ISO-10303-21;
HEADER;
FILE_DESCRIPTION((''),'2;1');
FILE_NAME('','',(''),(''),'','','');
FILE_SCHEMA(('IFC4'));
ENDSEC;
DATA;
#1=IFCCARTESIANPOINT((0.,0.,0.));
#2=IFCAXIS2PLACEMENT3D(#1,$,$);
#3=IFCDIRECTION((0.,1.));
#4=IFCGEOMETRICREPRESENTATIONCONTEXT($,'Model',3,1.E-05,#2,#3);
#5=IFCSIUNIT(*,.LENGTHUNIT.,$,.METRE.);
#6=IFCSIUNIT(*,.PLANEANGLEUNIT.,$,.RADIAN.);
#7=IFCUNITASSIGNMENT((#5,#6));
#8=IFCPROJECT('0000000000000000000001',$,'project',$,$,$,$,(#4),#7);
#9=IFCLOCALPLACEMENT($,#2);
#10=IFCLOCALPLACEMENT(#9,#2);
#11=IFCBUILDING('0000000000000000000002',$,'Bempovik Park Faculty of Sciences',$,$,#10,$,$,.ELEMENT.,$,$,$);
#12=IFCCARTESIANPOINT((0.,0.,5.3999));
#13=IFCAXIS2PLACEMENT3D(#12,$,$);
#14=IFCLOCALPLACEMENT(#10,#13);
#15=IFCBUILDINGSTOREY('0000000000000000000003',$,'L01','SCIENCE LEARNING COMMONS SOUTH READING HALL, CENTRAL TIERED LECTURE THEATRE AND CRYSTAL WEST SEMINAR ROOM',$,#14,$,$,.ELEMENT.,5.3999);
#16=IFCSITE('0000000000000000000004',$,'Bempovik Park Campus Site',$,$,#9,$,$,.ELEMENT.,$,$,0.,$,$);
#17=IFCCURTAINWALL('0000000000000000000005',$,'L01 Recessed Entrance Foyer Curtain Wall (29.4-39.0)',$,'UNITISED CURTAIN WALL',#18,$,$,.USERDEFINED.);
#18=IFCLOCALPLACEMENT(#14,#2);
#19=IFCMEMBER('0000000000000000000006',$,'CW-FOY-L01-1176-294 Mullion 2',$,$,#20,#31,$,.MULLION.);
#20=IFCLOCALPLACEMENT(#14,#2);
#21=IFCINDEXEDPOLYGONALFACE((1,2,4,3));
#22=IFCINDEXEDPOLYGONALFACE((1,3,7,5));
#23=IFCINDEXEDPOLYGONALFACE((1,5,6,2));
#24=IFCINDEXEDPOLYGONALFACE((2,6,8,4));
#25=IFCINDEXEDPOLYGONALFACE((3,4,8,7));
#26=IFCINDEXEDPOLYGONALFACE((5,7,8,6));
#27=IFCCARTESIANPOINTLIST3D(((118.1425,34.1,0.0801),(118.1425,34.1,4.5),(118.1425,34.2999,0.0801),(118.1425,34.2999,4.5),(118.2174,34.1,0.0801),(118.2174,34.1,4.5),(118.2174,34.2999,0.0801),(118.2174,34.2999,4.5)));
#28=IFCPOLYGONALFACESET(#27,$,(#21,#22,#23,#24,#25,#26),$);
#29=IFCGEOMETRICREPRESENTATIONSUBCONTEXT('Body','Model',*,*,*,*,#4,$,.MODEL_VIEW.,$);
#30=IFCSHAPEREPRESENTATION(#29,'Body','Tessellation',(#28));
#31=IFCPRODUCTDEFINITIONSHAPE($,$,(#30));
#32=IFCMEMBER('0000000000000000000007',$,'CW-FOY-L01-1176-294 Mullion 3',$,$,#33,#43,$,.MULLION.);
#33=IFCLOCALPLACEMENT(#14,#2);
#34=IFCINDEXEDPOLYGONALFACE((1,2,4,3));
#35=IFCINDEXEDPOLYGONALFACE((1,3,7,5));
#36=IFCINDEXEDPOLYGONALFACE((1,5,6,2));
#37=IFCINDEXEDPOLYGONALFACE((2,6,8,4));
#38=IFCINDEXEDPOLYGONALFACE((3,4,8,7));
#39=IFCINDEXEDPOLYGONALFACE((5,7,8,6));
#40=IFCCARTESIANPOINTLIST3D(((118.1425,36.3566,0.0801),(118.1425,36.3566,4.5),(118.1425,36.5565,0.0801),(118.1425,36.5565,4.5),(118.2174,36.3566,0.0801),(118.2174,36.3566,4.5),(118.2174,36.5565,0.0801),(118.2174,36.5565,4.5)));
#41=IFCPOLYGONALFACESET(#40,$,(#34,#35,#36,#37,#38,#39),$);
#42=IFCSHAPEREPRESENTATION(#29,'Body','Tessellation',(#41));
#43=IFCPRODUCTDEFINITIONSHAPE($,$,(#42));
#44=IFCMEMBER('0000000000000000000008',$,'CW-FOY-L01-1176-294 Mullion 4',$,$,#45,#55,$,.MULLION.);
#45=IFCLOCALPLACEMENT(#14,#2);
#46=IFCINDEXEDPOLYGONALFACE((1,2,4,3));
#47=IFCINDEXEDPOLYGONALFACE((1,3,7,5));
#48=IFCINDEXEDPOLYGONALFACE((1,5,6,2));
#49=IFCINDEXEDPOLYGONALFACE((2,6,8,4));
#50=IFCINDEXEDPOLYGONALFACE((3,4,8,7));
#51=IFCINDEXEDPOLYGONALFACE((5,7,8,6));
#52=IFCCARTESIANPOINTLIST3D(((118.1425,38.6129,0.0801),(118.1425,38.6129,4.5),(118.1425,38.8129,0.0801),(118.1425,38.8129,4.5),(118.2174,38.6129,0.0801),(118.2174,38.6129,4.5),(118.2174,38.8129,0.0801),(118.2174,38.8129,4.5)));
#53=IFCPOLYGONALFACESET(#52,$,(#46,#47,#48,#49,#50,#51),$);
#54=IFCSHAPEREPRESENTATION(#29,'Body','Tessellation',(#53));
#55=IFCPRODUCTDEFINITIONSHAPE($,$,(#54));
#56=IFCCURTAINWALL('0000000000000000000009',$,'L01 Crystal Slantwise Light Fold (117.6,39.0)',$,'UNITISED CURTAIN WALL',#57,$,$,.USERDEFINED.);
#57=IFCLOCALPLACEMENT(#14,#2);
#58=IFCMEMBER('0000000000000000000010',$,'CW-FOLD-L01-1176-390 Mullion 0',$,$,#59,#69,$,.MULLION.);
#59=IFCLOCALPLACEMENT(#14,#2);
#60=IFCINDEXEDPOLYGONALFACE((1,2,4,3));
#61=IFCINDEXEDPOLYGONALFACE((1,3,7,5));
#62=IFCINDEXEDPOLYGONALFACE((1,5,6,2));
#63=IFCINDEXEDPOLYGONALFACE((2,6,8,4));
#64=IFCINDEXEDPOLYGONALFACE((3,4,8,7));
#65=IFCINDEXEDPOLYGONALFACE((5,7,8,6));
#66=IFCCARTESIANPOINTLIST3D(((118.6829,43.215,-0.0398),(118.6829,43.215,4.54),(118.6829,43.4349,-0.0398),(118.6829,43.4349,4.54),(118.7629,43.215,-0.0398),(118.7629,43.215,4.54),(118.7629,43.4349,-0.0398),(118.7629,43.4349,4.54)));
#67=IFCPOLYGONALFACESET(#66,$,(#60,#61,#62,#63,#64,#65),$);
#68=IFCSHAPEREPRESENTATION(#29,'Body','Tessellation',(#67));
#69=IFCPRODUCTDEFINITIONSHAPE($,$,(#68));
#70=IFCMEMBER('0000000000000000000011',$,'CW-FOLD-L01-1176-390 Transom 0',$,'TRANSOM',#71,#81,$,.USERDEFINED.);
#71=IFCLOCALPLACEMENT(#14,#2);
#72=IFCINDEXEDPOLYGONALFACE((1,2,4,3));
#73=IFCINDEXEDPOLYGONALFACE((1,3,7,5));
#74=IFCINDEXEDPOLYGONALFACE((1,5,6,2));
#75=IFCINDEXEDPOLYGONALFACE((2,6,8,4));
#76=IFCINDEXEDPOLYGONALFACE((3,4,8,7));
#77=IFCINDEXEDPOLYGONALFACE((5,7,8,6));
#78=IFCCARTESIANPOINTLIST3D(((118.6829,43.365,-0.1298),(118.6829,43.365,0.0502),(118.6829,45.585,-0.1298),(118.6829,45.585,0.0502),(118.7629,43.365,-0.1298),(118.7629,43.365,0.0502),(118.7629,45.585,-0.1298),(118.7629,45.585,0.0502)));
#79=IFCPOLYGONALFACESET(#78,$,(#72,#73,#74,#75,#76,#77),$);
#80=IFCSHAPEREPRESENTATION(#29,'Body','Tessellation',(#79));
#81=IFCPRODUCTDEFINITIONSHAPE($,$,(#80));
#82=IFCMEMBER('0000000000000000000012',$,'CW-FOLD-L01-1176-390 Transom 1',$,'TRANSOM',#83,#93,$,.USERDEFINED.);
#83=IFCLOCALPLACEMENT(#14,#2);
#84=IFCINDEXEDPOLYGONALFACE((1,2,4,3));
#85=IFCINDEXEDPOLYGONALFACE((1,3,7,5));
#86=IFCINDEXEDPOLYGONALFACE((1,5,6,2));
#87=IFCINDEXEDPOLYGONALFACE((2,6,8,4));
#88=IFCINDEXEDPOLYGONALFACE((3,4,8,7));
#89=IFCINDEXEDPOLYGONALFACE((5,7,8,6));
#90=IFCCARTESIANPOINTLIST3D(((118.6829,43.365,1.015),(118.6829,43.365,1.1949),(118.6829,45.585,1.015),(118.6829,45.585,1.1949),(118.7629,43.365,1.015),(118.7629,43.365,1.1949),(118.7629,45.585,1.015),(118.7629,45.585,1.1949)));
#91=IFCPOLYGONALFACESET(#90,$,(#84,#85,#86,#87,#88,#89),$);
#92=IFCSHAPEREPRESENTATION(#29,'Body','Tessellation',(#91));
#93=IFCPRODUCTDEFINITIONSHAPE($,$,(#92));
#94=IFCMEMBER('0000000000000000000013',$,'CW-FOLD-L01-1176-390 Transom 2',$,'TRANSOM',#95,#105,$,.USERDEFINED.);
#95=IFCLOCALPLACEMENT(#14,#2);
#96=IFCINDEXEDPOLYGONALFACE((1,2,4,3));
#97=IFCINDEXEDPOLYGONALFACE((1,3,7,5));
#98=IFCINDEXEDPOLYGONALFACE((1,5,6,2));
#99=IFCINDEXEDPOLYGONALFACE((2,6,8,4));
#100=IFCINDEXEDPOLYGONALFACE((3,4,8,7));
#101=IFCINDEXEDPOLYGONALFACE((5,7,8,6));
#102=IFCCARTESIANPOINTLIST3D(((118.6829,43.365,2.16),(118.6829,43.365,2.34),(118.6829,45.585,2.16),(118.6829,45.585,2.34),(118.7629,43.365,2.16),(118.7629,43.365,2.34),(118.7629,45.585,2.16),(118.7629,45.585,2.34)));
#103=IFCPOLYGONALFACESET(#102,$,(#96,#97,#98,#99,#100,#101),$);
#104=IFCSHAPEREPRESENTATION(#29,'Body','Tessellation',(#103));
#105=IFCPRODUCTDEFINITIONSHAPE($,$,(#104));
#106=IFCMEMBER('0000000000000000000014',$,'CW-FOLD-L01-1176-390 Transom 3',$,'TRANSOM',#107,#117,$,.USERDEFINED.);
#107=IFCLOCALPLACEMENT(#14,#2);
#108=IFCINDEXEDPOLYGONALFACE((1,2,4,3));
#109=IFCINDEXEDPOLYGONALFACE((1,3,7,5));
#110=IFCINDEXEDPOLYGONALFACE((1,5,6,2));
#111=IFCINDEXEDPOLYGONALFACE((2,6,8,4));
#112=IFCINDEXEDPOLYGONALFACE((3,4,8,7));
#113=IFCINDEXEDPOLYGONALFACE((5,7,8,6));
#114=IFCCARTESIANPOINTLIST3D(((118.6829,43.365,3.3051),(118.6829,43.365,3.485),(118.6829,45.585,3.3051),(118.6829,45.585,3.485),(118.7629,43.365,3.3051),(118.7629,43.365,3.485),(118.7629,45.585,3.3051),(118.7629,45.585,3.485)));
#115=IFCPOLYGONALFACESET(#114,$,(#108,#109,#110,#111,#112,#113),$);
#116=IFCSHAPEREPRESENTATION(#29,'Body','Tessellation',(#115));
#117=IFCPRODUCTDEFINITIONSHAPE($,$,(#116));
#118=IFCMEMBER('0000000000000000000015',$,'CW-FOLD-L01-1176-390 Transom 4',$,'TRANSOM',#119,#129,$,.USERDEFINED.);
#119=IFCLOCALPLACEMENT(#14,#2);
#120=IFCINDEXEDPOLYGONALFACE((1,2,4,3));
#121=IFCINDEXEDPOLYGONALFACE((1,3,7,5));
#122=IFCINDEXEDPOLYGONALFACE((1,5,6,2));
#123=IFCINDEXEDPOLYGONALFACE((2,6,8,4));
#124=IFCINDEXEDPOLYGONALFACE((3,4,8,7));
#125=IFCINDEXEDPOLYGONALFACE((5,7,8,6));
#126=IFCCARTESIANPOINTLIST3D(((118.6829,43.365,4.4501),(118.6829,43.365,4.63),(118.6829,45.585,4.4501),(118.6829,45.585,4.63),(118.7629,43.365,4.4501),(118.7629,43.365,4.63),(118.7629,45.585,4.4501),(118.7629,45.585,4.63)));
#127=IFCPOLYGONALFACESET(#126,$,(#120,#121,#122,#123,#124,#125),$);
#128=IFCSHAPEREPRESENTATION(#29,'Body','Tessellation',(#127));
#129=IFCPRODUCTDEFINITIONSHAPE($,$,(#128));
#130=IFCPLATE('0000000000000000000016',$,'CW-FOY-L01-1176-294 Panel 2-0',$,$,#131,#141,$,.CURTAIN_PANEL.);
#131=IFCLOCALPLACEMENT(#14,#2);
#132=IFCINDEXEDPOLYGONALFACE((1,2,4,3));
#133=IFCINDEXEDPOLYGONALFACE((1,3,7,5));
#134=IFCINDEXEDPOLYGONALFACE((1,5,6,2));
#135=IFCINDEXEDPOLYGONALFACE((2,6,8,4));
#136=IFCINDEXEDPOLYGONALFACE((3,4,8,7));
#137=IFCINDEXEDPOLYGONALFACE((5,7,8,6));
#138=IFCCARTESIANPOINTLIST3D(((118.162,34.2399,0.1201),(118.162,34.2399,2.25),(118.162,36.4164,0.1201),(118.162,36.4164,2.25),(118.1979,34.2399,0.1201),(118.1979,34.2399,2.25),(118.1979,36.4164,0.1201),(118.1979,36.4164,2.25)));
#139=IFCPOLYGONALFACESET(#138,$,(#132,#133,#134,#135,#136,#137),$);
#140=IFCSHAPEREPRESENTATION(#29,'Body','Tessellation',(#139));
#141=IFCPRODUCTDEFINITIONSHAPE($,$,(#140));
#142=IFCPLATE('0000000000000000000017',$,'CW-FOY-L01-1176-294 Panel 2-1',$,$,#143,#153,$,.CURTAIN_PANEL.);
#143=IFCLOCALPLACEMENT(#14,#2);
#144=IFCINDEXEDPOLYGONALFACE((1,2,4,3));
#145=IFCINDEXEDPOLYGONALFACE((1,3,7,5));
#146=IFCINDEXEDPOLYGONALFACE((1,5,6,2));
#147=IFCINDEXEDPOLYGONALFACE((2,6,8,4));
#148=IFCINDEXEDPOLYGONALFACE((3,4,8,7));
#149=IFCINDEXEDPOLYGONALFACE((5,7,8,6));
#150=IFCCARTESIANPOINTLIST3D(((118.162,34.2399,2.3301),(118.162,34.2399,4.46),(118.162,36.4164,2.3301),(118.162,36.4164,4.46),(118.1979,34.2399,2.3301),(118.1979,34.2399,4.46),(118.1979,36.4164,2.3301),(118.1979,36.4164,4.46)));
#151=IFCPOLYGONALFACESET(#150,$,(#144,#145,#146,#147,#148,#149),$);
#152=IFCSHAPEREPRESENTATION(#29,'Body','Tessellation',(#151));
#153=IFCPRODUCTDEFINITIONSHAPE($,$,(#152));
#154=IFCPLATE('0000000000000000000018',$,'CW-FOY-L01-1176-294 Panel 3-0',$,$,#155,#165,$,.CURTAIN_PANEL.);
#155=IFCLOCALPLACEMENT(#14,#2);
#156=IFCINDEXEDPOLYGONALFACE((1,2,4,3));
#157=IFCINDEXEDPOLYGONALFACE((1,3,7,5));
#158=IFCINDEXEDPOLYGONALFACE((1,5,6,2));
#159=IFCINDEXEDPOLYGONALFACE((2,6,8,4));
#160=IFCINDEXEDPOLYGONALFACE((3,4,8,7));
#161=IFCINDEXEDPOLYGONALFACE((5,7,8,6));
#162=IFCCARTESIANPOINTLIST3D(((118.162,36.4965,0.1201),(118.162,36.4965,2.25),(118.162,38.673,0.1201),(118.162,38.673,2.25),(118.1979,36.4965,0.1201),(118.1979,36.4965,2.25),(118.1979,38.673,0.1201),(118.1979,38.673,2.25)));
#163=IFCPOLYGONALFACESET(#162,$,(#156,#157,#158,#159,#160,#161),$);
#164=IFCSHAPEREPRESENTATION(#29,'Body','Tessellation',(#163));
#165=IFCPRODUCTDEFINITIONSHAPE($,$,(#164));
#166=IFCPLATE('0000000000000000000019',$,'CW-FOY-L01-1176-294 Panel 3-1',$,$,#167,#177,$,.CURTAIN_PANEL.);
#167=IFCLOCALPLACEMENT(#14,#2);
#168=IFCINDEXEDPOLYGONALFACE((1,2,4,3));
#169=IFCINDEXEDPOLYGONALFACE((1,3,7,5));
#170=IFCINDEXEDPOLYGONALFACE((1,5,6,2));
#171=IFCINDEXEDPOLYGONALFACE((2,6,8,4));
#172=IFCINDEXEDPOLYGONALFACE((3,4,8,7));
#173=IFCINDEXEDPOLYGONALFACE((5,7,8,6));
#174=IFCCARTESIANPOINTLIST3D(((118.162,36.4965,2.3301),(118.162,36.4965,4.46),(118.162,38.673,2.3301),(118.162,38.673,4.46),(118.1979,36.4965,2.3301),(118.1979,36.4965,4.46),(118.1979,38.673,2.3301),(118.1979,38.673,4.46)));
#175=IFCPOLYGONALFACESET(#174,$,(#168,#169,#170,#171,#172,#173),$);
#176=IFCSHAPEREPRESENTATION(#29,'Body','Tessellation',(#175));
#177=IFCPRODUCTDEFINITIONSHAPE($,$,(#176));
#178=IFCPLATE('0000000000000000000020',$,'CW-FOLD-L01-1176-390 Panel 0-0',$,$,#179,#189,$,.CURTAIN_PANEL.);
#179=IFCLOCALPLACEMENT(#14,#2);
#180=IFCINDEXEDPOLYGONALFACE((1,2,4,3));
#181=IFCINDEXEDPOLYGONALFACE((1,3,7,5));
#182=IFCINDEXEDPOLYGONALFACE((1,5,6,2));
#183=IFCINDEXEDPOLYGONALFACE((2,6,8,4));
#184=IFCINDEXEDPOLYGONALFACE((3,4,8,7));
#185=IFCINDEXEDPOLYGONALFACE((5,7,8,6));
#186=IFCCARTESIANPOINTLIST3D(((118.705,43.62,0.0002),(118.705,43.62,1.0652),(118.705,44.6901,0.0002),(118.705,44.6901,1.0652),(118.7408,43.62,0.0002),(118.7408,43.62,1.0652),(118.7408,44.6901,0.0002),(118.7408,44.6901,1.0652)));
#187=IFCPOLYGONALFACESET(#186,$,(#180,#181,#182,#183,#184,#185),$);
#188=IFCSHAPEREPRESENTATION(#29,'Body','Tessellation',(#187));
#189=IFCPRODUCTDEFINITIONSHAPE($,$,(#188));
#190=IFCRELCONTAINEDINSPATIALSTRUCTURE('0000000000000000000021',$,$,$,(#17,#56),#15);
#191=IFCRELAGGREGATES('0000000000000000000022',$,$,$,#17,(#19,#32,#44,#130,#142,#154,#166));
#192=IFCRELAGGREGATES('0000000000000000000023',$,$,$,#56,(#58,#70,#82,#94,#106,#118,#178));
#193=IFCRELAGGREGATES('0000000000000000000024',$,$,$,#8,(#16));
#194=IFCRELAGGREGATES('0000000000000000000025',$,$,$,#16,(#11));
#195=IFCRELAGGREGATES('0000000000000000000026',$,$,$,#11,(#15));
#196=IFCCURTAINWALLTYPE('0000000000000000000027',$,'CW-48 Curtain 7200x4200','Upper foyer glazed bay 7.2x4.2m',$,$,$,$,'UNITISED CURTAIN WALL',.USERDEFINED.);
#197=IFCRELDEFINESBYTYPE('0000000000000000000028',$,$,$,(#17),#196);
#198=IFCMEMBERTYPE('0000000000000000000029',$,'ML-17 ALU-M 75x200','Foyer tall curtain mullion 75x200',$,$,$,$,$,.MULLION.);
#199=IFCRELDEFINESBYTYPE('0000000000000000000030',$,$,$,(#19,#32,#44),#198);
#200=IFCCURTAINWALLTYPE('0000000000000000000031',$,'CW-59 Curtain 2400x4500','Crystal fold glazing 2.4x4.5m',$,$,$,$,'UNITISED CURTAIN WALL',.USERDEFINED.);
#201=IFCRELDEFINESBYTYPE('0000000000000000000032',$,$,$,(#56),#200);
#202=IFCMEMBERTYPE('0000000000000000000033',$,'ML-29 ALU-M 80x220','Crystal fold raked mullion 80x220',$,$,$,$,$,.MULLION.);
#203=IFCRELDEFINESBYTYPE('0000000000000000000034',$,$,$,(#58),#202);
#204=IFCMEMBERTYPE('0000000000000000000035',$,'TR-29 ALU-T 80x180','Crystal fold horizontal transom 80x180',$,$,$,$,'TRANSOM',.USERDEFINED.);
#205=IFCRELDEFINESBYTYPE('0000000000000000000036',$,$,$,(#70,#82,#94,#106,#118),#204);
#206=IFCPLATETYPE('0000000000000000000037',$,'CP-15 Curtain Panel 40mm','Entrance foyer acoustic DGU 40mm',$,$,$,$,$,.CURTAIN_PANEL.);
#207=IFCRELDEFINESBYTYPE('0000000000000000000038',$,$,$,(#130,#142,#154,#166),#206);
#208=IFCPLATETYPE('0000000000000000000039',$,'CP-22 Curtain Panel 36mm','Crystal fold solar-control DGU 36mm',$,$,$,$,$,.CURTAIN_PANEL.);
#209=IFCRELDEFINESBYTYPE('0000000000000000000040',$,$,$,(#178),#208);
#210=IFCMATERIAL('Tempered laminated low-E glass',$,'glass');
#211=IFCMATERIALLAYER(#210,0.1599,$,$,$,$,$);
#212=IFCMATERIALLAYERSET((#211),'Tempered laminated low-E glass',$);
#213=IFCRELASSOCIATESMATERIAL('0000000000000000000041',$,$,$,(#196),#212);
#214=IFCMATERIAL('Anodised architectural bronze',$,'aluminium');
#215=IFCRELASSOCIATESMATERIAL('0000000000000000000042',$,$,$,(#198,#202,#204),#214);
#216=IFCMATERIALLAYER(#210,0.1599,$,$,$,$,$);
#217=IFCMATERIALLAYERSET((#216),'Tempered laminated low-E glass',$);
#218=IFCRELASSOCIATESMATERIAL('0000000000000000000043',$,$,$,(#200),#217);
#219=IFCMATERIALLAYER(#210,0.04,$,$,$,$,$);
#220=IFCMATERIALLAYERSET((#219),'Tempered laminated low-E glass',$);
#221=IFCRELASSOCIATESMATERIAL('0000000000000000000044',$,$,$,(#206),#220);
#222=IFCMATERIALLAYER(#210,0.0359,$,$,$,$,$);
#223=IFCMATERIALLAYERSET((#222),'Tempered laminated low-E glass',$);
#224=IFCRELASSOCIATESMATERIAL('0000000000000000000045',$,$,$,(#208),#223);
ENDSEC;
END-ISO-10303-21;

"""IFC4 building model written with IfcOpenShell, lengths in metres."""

from ifc_helpers import new_model, si_unit, direction, frame, origin, origin_2d, place, context, subcontext, project, spatial, rectangle, extrude, material, layer, layer_set, material_profile, profile_set, type_object, element, aggregate, save


model = new_model("IFC4")

# Units and contexts
model_context = context("Model", 3, precision=1e-05, world=origin(), true_north=direction((0.0, 1.0)))
body_context = subcontext(model_context, "Body", "Model", "MODEL_VIEW")
ifc_project = project(units=[si_unit("LENGTHUNIT", "METRE"), si_unit("PLANEANGLEUNIT", "RADIAN")], contexts=[model_context])

# Site, building, storey
site_placement = place(None, origin())
site = spatial("IfcSite", under=ifc_project, at=site_placement, Name="Bempovik Park Campus Site", CompositionType="ELEMENT", RefElevation=0.0)
building_placement = place(site_placement, origin())
building = spatial("IfcBuilding", under=site, at=building_placement, Name="Bempovik Park Faculty of Sciences", CompositionType="ELEMENT")
storey_placement = place(building_placement, frame((0.0, 0.0, 5.3999)))
storey = spatial("IfcBuildingStorey", under=building, at=storey_placement, Name="L01", Description="SCIENCE LEARNING COMMONS SOUTH READING HALL, CENTRAL TIERED LECTURE THEATRE AND CRYSTAL WEST SEMINAR ROOM", CompositionType="ELEMENT", Elevation=5.3999)

# Curtain walls, members
ifc_material_1 = material(Name="Tempered laminated low-E glass", Category="glass")
ifc_layer_1 = layer(ifc_material_1, 0.1599)
ifc_layer_set_1 = layer_set([ifc_layer_1], Name="Tempered laminated low-E glass")
curtain_wall_type_1 = type_object("IfcCurtainWallType", Name="CW-48 Curtain 7200x4200", Description="Upper foyer glazed bay 7.2x4.2m", ElementType="UNITISED CURTAIN WALL", PredefinedType="USERDEFINED", material=ifc_layer_set_1)
curtain_wall_1_placement = place(storey_placement, origin())
curtain_wall_1 = element("IfcCurtainWall", 1, at=curtain_wall_1_placement, inside=storey, type_object=curtain_wall_type_1, Name="L01 Recessed Entrance Foyer Curtain Wall (29.4-39.0)", ObjectType="UNITISED CURTAIN WALL", PredefinedType="USERDEFINED")
ifc_material_2 = material(Name="Anodised architectural bronze", Category="aluminium")
ifc_material_profile_1 = material_profile(ifc_material_2, rectangle(XDim=0.075, YDim=0.2, at=origin_2d()), Name="ALU-M 75x200")
ifc_profile_set_1 = profile_set([ifc_material_profile_1], Name="Anodised architectural bronze")
member_type_1 = type_object("IfcMemberType", Name="ML-17 ALU-M 75x200", Description="Foyer tall curtain mullion 75x200", PredefinedType="MULLION", material=ifc_profile_set_1)
member_1_placement = place(storey_placement, frame((118.1799, 34.2, 0.0801), z_axis=(0.0, 0.0, 1.0), x_axis=(1.0, 0.0, 0.0)))
member_1 = element("IfcMember", 2, at=member_1_placement, type_object=member_type_1, Name="CW-FOY-L01-1176-294 Mullion 2", PredefinedType="MULLION", context=body_context, shape_type="SweptSolid", body=[
    extrude(rectangle(XDim=0.075, YDim=0.2, at=origin_2d()), origin(), (0.0, 0.0, 1.0), 4.4199),
])
member_2_placement = place(storey_placement, frame((118.1799, 36.4565, 0.0801), z_axis=(0.0, 0.0, 1.0), x_axis=(1.0, 0.0, 0.0)))
member_2 = element("IfcMember", 3, at=member_2_placement, type_object=member_type_1, Name="CW-FOY-L01-1176-294 Mullion 3", PredefinedType="MULLION", context=body_context, shape_type="SweptSolid", body=[
    extrude(rectangle(XDim=0.075, YDim=0.2, at=origin_2d()), origin(), (0.0, 0.0, 1.0), 4.4199),
])
member_3_placement = place(storey_placement, frame((118.1799, 38.7129, 0.0801), z_axis=(0.0, 0.0, 1.0), x_axis=(1.0, 0.0, 0.0)))
member_3 = element("IfcMember", 4, at=member_3_placement, type_object=member_type_1, Name="CW-FOY-L01-1176-294 Mullion 4", PredefinedType="MULLION", context=body_context, shape_type="SweptSolid", body=[
    extrude(rectangle(XDim=0.075, YDim=0.2, at=origin_2d()), origin(), (0.0, 0.0, 1.0), 4.4199),
])
ifc_layer_2 = layer(ifc_material_1, 0.1599)
ifc_layer_set_2 = layer_set([ifc_layer_2], Name="Tempered laminated low-E glass")
curtain_wall_type_2 = type_object("IfcCurtainWallType", Name="CW-59 Curtain 2400x4500", Description="Crystal fold glazing 2.4x4.5m", ElementType="UNITISED CURTAIN WALL", PredefinedType="USERDEFINED", material=ifc_layer_set_2)
curtain_wall_2_placement = place(storey_placement, origin())
curtain_wall_2 = element("IfcCurtainWall", 5, at=curtain_wall_2_placement, inside=storey, type_object=curtain_wall_type_2, Name="L01 Crystal Slantwise Light Fold (117.6,39.0)", ObjectType="UNITISED CURTAIN WALL", PredefinedType="USERDEFINED")
ifc_material_profile_2 = material_profile(ifc_material_2, rectangle(XDim=0.0801, YDim=0.22, at=origin_2d()), Name="ALU-M 80x220")
ifc_profile_set_2 = profile_set([ifc_material_profile_2], Name="Anodised architectural bronze")
member_type_2 = type_object("IfcMemberType", Name="ML-29 ALU-M 80x220", Description="Crystal fold raked mullion 80x220", PredefinedType="MULLION", material=ifc_profile_set_2)
member_4_placement = place(storey_placement, frame((118.7229, 43.325, -0.0398), z_axis=(0.0, 0.0, 1.0), x_axis=(1.0, 0.0, 0.0)))
member_4 = element("IfcMember", 6, at=member_4_placement, type_object=member_type_2, Name="CW-FOLD-L01-1176-390 Mullion 0", PredefinedType="MULLION", context=body_context, shape_type="SweptSolid", body=[
    extrude(rectangle(XDim=0.0801, YDim=0.22, at=origin_2d()), origin(), (0.0, 0.0, 1.0), 4.5798),
])
ifc_material_profile_3 = material_profile(ifc_material_2, rectangle(XDim=0.0801, YDim=0.1799, at=origin_2d()), Name="ALU-T 80x180")
ifc_profile_set_3 = profile_set([ifc_material_profile_3], Name="Anodised architectural bronze")
member_type_3 = type_object("IfcMemberType", Name="TR-29 ALU-T 80x180", Description="Crystal fold horizontal transom 80x180", ElementType="TRANSOM", PredefinedType="USERDEFINED", material=ifc_profile_set_3)
member_5_placement = place(storey_placement, frame((118.7229, 43.365, -0.0398), z_axis=(0.0, 1.0, 0.0), x_axis=(-1.0, 0.0, 0.0)))
member_5 = element("IfcMember", 7, at=member_5_placement, type_object=member_type_3, Name="CW-FOLD-L01-1176-390 Transom 0", ObjectType="TRANSOM", PredefinedType="USERDEFINED", context=body_context, shape_type="SweptSolid", body=[
    extrude(rectangle(XDim=0.0801, YDim=0.1799, at=origin_2d()), origin(), (0.0, 0.0, 1.0), 2.22),
])
member_6_placement = place(storey_placement, frame((118.7229, 43.365, 1.105), z_axis=(0.0, 1.0, 0.0), x_axis=(-1.0, 0.0, 0.0)))
member_6 = element("IfcMember", 8, at=member_6_placement, type_object=member_type_3, Name="CW-FOLD-L01-1176-390 Transom 1", ObjectType="TRANSOM", PredefinedType="USERDEFINED", context=body_context, shape_type="SweptSolid", body=[
    extrude(rectangle(XDim=0.0801, YDim=0.1799, at=origin_2d()), origin(), (0.0, 0.0, 1.0), 2.22),
])
member_7_placement = place(storey_placement, frame((118.7229, 43.365, 2.25), z_axis=(0.0, 1.0, 0.0), x_axis=(-1.0, 0.0, 0.0)))
member_7 = element("IfcMember", 9, at=member_7_placement, type_object=member_type_3, Name="CW-FOLD-L01-1176-390 Transom 2", ObjectType="TRANSOM", PredefinedType="USERDEFINED", context=body_context, shape_type="SweptSolid", body=[
    extrude(rectangle(XDim=0.0801, YDim=0.1799, at=origin_2d()), origin(), (0.0, 0.0, 1.0), 2.22),
])
member_8_placement = place(storey_placement, frame((118.7229, 43.365, 3.395), z_axis=(0.0, 1.0, 0.0), x_axis=(-1.0, 0.0, 0.0)))
member_8 = element("IfcMember", 10, at=member_8_placement, type_object=member_type_3, Name="CW-FOLD-L01-1176-390 Transom 3", ObjectType="TRANSOM", PredefinedType="USERDEFINED", context=body_context, shape_type="SweptSolid", body=[
    extrude(rectangle(XDim=0.0801, YDim=0.1799, at=origin_2d()), origin(), (0.0, 0.0, 1.0), 2.22),
])
member_9_placement = place(storey_placement, frame((118.7229, 43.365, 4.54), z_axis=(0.0, 1.0, 0.0), x_axis=(-1.0, 0.0, 0.0)))
member_9 = element("IfcMember", 11, at=member_9_placement, type_object=member_type_3, Name="CW-FOLD-L01-1176-390 Transom 4", ObjectType="TRANSOM", PredefinedType="USERDEFINED", context=body_context, shape_type="SweptSolid", body=[
    extrude(rectangle(XDim=0.0801, YDim=0.1799, at=origin_2d()), origin(), (0.0, 0.0, 1.0), 2.22),
])

# Plates
ifc_layer_3 = layer(ifc_material_1, 0.04)
ifc_layer_set_3 = layer_set([ifc_layer_3], Name="Tempered laminated low-E glass")
plate_type_1 = type_object("IfcPlateType", Name="CP-15 Curtain Panel 40mm", Description="Entrance foyer acoustic DGU 40mm", PredefinedType="CURTAIN_PANEL", material=ifc_layer_set_3)
plate_1_placement = place(storey_placement, frame((118.1799, 35.3281, 0.1201), z_axis=(0.0, 0.0, 1.0), x_axis=(0.0, 1.0, 0.0)))
plate_1 = element("IfcPlate", 12, at=plate_1_placement, type_object=plate_type_1, Name="CW-FOY-L01-1176-294 Panel 2-0", PredefinedType="CURTAIN_PANEL", context=body_context, shape_type="SweptSolid", body=[
    extrude(rectangle(XDim=2.1765, YDim=0.0359, at=origin_2d()), origin(), (0.0, 0.0, 1.0), 2.1299),
])
plate_2_placement = place(storey_placement, frame((118.1799, 35.3281, 2.3301), z_axis=(0.0, 0.0, 1.0), x_axis=(0.0, 1.0, 0.0)))
plate_2 = element("IfcPlate", 13, at=plate_2_placement, type_object=plate_type_1, Name="CW-FOY-L01-1176-294 Panel 2-1", PredefinedType="CURTAIN_PANEL", context=body_context, shape_type="SweptSolid", body=[
    extrude(rectangle(XDim=2.1765, YDim=0.0359, at=origin_2d()), origin(), (0.0, 0.0, 1.0), 2.1299),
])
plate_3_placement = place(storey_placement, frame((118.1799, 37.5847, 0.1201), z_axis=(0.0, 0.0, 1.0), x_axis=(0.0, 1.0, 0.0)))
plate_3 = element("IfcPlate", 14, at=plate_3_placement, type_object=plate_type_1, Name="CW-FOY-L01-1176-294 Panel 3-0", PredefinedType="CURTAIN_PANEL", context=body_context, shape_type="SweptSolid", body=[
    extrude(rectangle(XDim=2.1765, YDim=0.0359, at=origin_2d()), origin(), (0.0, 0.0, 1.0), 2.1299),
])
plate_4_placement = place(storey_placement, frame((118.1799, 37.5847, 2.3301), z_axis=(0.0, 0.0, 1.0), x_axis=(0.0, 1.0, 0.0)))
plate_4 = element("IfcPlate", 15, at=plate_4_placement, type_object=plate_type_1, Name="CW-FOY-L01-1176-294 Panel 3-1", PredefinedType="CURTAIN_PANEL", context=body_context, shape_type="SweptSolid", body=[
    extrude(rectangle(XDim=2.1765, YDim=0.0359, at=origin_2d()), origin(), (0.0, 0.0, 1.0), 2.1299),
])
aggregate(curtain_wall_1, [member_1, member_2, member_3, plate_1, plate_2, plate_3, plate_4])
ifc_layer_4 = layer(ifc_material_1, 0.0359)
ifc_layer_set_4 = layer_set([ifc_layer_4], Name="Tempered laminated low-E glass")
plate_type_2 = type_object("IfcPlateType", Name="CP-22 Curtain Panel 36mm", Description="Crystal fold solar-control DGU 36mm", PredefinedType="CURTAIN_PANEL", material=ifc_layer_set_4)
plate_5_placement = place(storey_placement, frame((118.7229, 44.155, 0.0002), z_axis=(0.0, 0.0, 1.0), x_axis=(0.0, 1.0, 0.0)))
plate_5 = element("IfcPlate", 16, at=plate_5_placement, type_object=plate_type_2, Name="CW-FOLD-L01-1176-390 Panel 0-0", PredefinedType="CURTAIN_PANEL", context=body_context, shape_type="SweptSolid", body=[
    extrude(rectangle(XDim=1.0701, YDim=0.0359, at=origin_2d()), origin(), (0.0, 0.0, 1.0), 1.0649),
])
aggregate(curtain_wall_2, [member_4, member_5, member_6, member_7, member_8, member_9, plate_5])

save(model, "model.ifc")
